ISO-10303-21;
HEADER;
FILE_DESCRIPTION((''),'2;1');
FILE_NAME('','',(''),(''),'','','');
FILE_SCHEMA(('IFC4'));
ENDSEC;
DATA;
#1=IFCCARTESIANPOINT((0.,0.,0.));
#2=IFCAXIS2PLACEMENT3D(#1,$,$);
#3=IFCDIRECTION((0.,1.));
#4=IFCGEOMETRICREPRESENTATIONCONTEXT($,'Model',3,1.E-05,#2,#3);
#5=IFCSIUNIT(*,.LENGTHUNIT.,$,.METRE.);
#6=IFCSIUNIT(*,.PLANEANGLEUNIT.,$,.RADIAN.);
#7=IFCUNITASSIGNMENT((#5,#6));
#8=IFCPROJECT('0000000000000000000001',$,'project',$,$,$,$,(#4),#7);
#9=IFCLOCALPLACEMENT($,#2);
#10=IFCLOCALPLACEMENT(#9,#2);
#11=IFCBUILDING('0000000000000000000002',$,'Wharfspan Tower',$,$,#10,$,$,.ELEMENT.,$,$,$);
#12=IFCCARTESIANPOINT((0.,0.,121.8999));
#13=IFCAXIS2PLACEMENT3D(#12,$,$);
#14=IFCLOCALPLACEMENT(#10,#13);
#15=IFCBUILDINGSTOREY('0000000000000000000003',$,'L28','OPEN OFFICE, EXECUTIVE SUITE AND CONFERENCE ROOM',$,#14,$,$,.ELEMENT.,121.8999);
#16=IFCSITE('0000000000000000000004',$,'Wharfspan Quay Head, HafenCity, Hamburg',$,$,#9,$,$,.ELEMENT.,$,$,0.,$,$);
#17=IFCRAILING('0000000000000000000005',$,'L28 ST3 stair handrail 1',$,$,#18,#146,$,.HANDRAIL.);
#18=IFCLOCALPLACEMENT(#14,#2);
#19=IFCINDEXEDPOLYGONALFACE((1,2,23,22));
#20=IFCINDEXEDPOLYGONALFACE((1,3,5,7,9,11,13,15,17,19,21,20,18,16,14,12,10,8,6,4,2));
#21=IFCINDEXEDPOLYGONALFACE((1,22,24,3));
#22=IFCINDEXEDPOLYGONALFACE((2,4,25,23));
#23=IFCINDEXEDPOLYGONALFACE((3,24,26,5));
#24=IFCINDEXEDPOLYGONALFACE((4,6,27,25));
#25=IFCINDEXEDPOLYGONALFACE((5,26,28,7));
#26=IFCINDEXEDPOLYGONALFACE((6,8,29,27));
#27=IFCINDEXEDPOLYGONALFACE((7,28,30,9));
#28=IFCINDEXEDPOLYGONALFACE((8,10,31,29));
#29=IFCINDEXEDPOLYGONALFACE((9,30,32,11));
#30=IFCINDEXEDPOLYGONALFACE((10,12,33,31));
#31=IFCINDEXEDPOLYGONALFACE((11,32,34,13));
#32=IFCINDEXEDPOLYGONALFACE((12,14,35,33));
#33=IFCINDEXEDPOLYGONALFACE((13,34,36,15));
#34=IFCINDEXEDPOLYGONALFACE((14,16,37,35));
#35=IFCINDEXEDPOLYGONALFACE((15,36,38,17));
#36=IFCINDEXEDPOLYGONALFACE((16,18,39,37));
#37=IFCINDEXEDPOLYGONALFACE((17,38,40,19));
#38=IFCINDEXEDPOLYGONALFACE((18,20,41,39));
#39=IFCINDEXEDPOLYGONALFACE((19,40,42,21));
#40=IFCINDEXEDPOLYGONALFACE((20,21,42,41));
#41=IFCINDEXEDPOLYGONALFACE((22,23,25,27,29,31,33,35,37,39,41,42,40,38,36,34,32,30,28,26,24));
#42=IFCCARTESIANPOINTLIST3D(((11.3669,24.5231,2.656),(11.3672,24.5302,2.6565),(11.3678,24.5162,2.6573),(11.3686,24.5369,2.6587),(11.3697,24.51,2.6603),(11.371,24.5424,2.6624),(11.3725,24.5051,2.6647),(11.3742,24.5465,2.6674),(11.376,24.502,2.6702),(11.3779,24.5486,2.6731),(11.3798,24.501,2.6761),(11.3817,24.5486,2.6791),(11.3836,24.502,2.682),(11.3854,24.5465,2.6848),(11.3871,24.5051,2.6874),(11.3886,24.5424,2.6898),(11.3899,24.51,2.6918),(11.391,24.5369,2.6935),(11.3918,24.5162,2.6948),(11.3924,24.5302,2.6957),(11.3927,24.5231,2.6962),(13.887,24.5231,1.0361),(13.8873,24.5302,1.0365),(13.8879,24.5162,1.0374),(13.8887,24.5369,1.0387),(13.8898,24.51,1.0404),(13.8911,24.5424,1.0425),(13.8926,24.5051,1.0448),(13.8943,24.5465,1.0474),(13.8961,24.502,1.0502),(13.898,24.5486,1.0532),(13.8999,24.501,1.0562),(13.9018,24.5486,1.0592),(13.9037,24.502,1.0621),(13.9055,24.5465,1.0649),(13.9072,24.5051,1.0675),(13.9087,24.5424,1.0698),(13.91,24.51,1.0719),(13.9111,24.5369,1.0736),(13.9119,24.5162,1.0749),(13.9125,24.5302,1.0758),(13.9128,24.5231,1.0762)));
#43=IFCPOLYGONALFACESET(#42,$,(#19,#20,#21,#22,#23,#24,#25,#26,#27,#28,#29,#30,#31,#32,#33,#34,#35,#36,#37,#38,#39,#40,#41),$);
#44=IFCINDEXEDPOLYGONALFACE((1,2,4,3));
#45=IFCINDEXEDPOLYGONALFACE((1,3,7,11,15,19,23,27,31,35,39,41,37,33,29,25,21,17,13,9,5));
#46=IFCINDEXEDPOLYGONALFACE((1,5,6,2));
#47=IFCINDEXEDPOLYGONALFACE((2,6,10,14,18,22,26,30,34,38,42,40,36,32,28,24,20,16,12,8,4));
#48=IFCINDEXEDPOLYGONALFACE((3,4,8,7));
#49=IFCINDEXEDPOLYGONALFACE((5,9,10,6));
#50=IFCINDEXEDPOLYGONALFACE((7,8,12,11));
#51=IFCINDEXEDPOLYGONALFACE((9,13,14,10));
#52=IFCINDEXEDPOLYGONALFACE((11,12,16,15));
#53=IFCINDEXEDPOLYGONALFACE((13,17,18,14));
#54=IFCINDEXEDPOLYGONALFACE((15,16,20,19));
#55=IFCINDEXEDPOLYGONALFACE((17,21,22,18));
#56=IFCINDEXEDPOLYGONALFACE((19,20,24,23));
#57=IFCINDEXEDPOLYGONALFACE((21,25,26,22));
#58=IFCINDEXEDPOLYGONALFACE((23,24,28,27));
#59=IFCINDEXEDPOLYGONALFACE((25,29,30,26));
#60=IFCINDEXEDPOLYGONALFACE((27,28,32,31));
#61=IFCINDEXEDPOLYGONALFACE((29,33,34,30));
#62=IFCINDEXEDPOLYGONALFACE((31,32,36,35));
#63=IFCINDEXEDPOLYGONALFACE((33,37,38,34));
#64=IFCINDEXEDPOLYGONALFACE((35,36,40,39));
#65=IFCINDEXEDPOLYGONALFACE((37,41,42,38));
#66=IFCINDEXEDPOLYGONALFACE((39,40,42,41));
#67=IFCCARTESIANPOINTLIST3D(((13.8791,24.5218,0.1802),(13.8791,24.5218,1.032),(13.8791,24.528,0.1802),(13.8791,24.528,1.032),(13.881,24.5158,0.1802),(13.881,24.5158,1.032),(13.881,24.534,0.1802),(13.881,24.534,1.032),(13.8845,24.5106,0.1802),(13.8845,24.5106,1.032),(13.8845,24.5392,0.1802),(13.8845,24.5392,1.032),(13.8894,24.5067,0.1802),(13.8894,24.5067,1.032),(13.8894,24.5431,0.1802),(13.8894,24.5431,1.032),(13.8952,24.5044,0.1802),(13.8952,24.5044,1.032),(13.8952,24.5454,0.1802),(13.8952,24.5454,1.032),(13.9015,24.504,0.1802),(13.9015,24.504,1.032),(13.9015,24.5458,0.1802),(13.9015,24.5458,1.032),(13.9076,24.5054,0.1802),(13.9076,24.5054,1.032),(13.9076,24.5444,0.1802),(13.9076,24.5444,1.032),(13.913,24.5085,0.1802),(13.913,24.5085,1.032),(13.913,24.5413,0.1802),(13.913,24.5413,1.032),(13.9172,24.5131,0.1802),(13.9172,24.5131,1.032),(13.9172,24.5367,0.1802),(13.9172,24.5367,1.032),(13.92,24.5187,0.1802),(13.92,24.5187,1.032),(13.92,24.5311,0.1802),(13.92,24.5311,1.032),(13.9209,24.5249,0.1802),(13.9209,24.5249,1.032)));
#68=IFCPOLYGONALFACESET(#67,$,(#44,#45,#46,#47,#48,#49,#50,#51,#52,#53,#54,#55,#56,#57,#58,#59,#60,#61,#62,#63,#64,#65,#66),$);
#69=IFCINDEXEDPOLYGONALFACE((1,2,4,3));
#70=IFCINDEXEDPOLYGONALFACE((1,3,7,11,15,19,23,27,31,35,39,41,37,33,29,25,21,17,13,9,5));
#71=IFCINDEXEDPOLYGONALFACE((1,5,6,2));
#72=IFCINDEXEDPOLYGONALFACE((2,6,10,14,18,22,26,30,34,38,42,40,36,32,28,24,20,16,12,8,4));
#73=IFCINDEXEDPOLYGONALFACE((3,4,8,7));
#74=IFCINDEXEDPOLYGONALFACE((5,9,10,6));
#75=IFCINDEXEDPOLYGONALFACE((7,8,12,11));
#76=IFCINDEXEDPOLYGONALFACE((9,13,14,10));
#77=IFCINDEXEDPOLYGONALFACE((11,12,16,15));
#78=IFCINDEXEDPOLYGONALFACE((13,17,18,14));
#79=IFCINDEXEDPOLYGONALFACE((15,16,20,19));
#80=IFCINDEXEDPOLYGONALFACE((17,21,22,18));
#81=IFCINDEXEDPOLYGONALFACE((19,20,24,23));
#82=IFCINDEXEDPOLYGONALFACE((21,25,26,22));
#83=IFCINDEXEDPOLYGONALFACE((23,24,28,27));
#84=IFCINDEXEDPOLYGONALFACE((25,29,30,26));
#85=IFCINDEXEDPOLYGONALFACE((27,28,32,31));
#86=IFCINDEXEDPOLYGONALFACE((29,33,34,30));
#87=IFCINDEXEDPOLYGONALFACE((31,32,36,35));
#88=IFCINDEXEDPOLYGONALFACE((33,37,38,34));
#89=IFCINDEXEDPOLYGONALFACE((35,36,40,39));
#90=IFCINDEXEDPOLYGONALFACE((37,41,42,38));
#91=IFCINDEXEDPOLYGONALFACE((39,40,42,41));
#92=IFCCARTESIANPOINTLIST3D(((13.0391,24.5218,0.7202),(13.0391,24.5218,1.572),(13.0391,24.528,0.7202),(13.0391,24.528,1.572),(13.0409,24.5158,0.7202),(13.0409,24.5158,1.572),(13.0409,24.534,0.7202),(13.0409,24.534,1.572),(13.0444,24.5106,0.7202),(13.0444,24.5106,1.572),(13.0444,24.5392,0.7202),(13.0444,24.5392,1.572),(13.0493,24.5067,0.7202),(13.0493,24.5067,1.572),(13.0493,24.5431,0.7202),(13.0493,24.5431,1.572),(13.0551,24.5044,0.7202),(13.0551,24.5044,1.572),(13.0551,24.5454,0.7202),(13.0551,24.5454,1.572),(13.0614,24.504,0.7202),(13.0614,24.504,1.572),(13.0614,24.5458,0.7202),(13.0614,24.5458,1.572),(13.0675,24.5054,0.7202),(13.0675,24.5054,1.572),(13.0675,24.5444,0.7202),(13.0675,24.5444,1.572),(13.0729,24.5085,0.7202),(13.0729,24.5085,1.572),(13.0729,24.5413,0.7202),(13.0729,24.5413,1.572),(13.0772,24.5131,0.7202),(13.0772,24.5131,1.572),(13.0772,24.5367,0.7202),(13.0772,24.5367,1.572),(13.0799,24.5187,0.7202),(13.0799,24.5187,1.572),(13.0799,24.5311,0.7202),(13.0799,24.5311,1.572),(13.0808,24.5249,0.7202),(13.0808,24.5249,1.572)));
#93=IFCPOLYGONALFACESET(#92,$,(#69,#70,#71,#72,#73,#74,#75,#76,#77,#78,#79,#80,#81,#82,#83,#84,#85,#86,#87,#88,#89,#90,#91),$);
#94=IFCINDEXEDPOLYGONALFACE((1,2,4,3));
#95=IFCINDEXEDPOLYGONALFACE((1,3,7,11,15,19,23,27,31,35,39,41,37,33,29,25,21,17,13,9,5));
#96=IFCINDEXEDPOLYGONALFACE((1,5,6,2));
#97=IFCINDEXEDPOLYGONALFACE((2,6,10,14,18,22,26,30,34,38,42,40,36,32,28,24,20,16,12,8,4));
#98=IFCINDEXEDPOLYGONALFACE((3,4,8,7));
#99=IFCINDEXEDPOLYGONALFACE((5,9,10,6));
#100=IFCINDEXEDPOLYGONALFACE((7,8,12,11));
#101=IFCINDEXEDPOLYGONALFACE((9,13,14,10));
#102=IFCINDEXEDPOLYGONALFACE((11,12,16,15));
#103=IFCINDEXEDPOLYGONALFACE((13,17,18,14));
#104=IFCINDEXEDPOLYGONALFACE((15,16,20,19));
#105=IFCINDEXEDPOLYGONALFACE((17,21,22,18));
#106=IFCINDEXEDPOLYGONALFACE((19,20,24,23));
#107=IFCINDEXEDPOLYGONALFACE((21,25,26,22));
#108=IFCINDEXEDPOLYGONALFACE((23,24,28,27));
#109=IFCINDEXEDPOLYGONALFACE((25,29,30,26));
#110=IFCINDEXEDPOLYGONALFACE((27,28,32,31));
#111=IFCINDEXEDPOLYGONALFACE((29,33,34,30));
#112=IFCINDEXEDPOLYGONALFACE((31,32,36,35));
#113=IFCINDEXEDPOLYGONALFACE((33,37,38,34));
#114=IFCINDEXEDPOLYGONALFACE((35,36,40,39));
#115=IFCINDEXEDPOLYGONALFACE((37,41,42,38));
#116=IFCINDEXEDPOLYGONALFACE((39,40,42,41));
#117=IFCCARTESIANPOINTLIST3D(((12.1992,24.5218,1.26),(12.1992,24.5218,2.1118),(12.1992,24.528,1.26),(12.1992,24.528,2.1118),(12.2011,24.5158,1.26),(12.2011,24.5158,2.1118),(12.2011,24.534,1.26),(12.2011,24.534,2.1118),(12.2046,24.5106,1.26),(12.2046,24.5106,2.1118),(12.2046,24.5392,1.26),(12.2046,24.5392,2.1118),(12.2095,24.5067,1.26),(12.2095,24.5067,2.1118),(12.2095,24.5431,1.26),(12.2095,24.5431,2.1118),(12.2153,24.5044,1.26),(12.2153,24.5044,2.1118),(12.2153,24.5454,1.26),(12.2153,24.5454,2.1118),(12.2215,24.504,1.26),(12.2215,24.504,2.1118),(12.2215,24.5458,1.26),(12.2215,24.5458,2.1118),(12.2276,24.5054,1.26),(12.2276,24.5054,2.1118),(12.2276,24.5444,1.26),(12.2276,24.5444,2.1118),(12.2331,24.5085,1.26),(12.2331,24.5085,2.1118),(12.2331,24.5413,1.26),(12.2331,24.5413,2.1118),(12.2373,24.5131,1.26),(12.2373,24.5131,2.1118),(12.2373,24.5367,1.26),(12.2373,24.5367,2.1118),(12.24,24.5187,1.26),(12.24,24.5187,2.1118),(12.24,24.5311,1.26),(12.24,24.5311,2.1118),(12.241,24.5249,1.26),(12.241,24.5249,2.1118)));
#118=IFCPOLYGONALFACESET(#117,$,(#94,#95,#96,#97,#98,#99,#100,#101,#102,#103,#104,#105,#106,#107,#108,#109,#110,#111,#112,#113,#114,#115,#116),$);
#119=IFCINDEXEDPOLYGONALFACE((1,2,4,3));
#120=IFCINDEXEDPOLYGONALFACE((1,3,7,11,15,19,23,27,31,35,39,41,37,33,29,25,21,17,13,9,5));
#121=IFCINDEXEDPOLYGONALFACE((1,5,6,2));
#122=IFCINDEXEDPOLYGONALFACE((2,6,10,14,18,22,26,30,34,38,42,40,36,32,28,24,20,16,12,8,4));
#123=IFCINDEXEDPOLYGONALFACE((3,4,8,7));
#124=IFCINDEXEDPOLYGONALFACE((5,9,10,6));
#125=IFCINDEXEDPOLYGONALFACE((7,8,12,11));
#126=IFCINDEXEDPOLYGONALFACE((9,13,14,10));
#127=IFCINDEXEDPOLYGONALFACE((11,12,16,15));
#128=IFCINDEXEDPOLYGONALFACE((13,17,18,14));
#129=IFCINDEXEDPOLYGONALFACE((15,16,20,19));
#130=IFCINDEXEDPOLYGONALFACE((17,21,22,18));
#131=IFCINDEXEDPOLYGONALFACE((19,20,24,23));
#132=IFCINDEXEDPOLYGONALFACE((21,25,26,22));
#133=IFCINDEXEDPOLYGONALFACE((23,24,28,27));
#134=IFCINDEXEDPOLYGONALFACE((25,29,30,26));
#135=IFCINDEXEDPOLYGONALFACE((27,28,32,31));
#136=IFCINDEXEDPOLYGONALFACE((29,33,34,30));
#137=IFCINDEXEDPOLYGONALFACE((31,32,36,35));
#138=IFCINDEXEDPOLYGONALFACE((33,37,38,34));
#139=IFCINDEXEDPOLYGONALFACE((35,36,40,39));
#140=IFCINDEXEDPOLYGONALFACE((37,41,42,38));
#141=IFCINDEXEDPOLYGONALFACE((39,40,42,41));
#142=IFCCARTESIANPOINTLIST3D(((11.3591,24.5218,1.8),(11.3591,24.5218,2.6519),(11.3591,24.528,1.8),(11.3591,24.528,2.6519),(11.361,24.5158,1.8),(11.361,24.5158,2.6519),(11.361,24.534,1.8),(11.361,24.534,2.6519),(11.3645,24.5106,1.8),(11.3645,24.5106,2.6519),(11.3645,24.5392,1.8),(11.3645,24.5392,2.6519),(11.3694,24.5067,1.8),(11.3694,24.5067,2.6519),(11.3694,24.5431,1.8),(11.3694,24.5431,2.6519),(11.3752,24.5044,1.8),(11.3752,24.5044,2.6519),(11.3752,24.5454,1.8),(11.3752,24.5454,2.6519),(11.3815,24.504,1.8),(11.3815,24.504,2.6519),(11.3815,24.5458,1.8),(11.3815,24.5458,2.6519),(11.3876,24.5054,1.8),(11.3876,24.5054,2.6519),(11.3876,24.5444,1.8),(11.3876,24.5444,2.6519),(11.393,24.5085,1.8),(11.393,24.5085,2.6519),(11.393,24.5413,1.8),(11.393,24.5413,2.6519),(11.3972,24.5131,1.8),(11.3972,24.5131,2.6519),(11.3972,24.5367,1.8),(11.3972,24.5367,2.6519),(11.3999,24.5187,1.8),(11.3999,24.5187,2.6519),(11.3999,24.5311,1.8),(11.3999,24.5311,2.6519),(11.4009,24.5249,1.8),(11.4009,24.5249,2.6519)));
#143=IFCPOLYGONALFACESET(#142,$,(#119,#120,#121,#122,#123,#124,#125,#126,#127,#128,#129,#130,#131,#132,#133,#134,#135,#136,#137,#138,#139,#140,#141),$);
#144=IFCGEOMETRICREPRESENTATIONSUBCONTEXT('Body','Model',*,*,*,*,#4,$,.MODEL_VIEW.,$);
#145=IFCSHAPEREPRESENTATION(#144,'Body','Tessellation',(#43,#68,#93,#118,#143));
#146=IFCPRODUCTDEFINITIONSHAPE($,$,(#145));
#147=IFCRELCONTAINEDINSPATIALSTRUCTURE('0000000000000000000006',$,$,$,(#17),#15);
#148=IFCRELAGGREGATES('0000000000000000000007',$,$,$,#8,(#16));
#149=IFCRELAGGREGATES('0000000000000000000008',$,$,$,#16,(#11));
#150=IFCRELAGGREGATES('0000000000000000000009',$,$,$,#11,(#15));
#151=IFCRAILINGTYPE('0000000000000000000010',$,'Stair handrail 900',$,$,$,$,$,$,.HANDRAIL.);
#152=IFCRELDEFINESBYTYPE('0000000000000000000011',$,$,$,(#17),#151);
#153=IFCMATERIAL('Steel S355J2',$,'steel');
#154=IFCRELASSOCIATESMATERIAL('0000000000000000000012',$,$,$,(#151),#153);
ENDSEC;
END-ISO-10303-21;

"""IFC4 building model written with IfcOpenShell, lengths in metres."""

from ifc_helpers import new_model, si_unit, direction, frame, origin, origin_2d, place, context, subcontext, project, spatial, circle, extrude, material, type_object, element, save


model = new_model("IFC4")

# Units and contexts
model_context = context("Model", 3, precision=1e-05, world=origin(), true_north=direction((0.0, 1.0)))
body_context = subcontext(model_context, "Body", "Model", "MODEL_VIEW")
ifc_project = project(units=[si_unit("LENGTHUNIT", "METRE"), si_unit("PLANEANGLEUNIT", "RADIAN")], contexts=[model_context])

# Site, building, storey
site_placement = place(None, origin())
site = spatial("IfcSite", under=ifc_project, at=site_placement, Name="Wharfspan Quay Head, HafenCity, Hamburg", CompositionType="ELEMENT", RefElevation=0.0)
building_placement = place(site_placement, origin())
building = spatial("IfcBuilding", under=site, at=building_placement, Name="Wharfspan Tower", CompositionType="ELEMENT")
storey_placement = place(building_placement, frame((0.0, 0.0, 121.8999)))
storey = spatial("IfcBuildingStorey", under=building, at=storey_placement, Name="L28", Description="OPEN OFFICE, EXECUTIVE SUITE AND CONFERENCE ROOM", CompositionType="ELEMENT", Elevation=121.8999)

# Shared definitions
ifc_material_1 = material(Name="Steel S355J2", Category="steel")

# Railing
railing_type_1 = type_object("IfcRailingType", Name="Stair handrail 900", PredefinedType="HANDRAIL", material=ifc_material_1)
railing_1_placement = place(storey_placement, frame((13.8999, 24.5249, 0.1802)))
element("IfcRailing", 1, at=railing_1_placement, inside=storey, type_object=railing_type_1, Name="L28 ST3 stair handrail 1", PredefinedType="HANDRAIL", context=body_context, shape_type="SweptSolid", body=[
    extrude(circle(Radius=0.0239, at=origin_2d()), frame((0.0, 0.0, 0.876), z_axis=(-0.8412, 0.0, 0.540725), x_axis=(0.0, -1.0, 0.0)), (0.0, 0.0, 1.0), 2.9958),
    extrude(circle(Radius=0.021, at=origin_2d()), origin(), (0.0, 0.0, 1.0), 0.8518),
    extrude(circle(Radius=0.021, at=origin_2d()), frame((-0.8401, 0.0, 0.54)), (0.0, 0.0, 1.0), 0.8518),
    extrude(circle(Radius=0.021, at=origin_2d()), frame((-1.6799, 0.0, 1.0798)), (0.0, 0.0, 1.0), 0.8518),
    extrude(circle(Radius=0.021, at=origin_2d()), frame((-2.52, 0.0, 1.6199)), (0.0, 0.0, 1.0), 0.8518),
])

save(model, "model.ifc")
